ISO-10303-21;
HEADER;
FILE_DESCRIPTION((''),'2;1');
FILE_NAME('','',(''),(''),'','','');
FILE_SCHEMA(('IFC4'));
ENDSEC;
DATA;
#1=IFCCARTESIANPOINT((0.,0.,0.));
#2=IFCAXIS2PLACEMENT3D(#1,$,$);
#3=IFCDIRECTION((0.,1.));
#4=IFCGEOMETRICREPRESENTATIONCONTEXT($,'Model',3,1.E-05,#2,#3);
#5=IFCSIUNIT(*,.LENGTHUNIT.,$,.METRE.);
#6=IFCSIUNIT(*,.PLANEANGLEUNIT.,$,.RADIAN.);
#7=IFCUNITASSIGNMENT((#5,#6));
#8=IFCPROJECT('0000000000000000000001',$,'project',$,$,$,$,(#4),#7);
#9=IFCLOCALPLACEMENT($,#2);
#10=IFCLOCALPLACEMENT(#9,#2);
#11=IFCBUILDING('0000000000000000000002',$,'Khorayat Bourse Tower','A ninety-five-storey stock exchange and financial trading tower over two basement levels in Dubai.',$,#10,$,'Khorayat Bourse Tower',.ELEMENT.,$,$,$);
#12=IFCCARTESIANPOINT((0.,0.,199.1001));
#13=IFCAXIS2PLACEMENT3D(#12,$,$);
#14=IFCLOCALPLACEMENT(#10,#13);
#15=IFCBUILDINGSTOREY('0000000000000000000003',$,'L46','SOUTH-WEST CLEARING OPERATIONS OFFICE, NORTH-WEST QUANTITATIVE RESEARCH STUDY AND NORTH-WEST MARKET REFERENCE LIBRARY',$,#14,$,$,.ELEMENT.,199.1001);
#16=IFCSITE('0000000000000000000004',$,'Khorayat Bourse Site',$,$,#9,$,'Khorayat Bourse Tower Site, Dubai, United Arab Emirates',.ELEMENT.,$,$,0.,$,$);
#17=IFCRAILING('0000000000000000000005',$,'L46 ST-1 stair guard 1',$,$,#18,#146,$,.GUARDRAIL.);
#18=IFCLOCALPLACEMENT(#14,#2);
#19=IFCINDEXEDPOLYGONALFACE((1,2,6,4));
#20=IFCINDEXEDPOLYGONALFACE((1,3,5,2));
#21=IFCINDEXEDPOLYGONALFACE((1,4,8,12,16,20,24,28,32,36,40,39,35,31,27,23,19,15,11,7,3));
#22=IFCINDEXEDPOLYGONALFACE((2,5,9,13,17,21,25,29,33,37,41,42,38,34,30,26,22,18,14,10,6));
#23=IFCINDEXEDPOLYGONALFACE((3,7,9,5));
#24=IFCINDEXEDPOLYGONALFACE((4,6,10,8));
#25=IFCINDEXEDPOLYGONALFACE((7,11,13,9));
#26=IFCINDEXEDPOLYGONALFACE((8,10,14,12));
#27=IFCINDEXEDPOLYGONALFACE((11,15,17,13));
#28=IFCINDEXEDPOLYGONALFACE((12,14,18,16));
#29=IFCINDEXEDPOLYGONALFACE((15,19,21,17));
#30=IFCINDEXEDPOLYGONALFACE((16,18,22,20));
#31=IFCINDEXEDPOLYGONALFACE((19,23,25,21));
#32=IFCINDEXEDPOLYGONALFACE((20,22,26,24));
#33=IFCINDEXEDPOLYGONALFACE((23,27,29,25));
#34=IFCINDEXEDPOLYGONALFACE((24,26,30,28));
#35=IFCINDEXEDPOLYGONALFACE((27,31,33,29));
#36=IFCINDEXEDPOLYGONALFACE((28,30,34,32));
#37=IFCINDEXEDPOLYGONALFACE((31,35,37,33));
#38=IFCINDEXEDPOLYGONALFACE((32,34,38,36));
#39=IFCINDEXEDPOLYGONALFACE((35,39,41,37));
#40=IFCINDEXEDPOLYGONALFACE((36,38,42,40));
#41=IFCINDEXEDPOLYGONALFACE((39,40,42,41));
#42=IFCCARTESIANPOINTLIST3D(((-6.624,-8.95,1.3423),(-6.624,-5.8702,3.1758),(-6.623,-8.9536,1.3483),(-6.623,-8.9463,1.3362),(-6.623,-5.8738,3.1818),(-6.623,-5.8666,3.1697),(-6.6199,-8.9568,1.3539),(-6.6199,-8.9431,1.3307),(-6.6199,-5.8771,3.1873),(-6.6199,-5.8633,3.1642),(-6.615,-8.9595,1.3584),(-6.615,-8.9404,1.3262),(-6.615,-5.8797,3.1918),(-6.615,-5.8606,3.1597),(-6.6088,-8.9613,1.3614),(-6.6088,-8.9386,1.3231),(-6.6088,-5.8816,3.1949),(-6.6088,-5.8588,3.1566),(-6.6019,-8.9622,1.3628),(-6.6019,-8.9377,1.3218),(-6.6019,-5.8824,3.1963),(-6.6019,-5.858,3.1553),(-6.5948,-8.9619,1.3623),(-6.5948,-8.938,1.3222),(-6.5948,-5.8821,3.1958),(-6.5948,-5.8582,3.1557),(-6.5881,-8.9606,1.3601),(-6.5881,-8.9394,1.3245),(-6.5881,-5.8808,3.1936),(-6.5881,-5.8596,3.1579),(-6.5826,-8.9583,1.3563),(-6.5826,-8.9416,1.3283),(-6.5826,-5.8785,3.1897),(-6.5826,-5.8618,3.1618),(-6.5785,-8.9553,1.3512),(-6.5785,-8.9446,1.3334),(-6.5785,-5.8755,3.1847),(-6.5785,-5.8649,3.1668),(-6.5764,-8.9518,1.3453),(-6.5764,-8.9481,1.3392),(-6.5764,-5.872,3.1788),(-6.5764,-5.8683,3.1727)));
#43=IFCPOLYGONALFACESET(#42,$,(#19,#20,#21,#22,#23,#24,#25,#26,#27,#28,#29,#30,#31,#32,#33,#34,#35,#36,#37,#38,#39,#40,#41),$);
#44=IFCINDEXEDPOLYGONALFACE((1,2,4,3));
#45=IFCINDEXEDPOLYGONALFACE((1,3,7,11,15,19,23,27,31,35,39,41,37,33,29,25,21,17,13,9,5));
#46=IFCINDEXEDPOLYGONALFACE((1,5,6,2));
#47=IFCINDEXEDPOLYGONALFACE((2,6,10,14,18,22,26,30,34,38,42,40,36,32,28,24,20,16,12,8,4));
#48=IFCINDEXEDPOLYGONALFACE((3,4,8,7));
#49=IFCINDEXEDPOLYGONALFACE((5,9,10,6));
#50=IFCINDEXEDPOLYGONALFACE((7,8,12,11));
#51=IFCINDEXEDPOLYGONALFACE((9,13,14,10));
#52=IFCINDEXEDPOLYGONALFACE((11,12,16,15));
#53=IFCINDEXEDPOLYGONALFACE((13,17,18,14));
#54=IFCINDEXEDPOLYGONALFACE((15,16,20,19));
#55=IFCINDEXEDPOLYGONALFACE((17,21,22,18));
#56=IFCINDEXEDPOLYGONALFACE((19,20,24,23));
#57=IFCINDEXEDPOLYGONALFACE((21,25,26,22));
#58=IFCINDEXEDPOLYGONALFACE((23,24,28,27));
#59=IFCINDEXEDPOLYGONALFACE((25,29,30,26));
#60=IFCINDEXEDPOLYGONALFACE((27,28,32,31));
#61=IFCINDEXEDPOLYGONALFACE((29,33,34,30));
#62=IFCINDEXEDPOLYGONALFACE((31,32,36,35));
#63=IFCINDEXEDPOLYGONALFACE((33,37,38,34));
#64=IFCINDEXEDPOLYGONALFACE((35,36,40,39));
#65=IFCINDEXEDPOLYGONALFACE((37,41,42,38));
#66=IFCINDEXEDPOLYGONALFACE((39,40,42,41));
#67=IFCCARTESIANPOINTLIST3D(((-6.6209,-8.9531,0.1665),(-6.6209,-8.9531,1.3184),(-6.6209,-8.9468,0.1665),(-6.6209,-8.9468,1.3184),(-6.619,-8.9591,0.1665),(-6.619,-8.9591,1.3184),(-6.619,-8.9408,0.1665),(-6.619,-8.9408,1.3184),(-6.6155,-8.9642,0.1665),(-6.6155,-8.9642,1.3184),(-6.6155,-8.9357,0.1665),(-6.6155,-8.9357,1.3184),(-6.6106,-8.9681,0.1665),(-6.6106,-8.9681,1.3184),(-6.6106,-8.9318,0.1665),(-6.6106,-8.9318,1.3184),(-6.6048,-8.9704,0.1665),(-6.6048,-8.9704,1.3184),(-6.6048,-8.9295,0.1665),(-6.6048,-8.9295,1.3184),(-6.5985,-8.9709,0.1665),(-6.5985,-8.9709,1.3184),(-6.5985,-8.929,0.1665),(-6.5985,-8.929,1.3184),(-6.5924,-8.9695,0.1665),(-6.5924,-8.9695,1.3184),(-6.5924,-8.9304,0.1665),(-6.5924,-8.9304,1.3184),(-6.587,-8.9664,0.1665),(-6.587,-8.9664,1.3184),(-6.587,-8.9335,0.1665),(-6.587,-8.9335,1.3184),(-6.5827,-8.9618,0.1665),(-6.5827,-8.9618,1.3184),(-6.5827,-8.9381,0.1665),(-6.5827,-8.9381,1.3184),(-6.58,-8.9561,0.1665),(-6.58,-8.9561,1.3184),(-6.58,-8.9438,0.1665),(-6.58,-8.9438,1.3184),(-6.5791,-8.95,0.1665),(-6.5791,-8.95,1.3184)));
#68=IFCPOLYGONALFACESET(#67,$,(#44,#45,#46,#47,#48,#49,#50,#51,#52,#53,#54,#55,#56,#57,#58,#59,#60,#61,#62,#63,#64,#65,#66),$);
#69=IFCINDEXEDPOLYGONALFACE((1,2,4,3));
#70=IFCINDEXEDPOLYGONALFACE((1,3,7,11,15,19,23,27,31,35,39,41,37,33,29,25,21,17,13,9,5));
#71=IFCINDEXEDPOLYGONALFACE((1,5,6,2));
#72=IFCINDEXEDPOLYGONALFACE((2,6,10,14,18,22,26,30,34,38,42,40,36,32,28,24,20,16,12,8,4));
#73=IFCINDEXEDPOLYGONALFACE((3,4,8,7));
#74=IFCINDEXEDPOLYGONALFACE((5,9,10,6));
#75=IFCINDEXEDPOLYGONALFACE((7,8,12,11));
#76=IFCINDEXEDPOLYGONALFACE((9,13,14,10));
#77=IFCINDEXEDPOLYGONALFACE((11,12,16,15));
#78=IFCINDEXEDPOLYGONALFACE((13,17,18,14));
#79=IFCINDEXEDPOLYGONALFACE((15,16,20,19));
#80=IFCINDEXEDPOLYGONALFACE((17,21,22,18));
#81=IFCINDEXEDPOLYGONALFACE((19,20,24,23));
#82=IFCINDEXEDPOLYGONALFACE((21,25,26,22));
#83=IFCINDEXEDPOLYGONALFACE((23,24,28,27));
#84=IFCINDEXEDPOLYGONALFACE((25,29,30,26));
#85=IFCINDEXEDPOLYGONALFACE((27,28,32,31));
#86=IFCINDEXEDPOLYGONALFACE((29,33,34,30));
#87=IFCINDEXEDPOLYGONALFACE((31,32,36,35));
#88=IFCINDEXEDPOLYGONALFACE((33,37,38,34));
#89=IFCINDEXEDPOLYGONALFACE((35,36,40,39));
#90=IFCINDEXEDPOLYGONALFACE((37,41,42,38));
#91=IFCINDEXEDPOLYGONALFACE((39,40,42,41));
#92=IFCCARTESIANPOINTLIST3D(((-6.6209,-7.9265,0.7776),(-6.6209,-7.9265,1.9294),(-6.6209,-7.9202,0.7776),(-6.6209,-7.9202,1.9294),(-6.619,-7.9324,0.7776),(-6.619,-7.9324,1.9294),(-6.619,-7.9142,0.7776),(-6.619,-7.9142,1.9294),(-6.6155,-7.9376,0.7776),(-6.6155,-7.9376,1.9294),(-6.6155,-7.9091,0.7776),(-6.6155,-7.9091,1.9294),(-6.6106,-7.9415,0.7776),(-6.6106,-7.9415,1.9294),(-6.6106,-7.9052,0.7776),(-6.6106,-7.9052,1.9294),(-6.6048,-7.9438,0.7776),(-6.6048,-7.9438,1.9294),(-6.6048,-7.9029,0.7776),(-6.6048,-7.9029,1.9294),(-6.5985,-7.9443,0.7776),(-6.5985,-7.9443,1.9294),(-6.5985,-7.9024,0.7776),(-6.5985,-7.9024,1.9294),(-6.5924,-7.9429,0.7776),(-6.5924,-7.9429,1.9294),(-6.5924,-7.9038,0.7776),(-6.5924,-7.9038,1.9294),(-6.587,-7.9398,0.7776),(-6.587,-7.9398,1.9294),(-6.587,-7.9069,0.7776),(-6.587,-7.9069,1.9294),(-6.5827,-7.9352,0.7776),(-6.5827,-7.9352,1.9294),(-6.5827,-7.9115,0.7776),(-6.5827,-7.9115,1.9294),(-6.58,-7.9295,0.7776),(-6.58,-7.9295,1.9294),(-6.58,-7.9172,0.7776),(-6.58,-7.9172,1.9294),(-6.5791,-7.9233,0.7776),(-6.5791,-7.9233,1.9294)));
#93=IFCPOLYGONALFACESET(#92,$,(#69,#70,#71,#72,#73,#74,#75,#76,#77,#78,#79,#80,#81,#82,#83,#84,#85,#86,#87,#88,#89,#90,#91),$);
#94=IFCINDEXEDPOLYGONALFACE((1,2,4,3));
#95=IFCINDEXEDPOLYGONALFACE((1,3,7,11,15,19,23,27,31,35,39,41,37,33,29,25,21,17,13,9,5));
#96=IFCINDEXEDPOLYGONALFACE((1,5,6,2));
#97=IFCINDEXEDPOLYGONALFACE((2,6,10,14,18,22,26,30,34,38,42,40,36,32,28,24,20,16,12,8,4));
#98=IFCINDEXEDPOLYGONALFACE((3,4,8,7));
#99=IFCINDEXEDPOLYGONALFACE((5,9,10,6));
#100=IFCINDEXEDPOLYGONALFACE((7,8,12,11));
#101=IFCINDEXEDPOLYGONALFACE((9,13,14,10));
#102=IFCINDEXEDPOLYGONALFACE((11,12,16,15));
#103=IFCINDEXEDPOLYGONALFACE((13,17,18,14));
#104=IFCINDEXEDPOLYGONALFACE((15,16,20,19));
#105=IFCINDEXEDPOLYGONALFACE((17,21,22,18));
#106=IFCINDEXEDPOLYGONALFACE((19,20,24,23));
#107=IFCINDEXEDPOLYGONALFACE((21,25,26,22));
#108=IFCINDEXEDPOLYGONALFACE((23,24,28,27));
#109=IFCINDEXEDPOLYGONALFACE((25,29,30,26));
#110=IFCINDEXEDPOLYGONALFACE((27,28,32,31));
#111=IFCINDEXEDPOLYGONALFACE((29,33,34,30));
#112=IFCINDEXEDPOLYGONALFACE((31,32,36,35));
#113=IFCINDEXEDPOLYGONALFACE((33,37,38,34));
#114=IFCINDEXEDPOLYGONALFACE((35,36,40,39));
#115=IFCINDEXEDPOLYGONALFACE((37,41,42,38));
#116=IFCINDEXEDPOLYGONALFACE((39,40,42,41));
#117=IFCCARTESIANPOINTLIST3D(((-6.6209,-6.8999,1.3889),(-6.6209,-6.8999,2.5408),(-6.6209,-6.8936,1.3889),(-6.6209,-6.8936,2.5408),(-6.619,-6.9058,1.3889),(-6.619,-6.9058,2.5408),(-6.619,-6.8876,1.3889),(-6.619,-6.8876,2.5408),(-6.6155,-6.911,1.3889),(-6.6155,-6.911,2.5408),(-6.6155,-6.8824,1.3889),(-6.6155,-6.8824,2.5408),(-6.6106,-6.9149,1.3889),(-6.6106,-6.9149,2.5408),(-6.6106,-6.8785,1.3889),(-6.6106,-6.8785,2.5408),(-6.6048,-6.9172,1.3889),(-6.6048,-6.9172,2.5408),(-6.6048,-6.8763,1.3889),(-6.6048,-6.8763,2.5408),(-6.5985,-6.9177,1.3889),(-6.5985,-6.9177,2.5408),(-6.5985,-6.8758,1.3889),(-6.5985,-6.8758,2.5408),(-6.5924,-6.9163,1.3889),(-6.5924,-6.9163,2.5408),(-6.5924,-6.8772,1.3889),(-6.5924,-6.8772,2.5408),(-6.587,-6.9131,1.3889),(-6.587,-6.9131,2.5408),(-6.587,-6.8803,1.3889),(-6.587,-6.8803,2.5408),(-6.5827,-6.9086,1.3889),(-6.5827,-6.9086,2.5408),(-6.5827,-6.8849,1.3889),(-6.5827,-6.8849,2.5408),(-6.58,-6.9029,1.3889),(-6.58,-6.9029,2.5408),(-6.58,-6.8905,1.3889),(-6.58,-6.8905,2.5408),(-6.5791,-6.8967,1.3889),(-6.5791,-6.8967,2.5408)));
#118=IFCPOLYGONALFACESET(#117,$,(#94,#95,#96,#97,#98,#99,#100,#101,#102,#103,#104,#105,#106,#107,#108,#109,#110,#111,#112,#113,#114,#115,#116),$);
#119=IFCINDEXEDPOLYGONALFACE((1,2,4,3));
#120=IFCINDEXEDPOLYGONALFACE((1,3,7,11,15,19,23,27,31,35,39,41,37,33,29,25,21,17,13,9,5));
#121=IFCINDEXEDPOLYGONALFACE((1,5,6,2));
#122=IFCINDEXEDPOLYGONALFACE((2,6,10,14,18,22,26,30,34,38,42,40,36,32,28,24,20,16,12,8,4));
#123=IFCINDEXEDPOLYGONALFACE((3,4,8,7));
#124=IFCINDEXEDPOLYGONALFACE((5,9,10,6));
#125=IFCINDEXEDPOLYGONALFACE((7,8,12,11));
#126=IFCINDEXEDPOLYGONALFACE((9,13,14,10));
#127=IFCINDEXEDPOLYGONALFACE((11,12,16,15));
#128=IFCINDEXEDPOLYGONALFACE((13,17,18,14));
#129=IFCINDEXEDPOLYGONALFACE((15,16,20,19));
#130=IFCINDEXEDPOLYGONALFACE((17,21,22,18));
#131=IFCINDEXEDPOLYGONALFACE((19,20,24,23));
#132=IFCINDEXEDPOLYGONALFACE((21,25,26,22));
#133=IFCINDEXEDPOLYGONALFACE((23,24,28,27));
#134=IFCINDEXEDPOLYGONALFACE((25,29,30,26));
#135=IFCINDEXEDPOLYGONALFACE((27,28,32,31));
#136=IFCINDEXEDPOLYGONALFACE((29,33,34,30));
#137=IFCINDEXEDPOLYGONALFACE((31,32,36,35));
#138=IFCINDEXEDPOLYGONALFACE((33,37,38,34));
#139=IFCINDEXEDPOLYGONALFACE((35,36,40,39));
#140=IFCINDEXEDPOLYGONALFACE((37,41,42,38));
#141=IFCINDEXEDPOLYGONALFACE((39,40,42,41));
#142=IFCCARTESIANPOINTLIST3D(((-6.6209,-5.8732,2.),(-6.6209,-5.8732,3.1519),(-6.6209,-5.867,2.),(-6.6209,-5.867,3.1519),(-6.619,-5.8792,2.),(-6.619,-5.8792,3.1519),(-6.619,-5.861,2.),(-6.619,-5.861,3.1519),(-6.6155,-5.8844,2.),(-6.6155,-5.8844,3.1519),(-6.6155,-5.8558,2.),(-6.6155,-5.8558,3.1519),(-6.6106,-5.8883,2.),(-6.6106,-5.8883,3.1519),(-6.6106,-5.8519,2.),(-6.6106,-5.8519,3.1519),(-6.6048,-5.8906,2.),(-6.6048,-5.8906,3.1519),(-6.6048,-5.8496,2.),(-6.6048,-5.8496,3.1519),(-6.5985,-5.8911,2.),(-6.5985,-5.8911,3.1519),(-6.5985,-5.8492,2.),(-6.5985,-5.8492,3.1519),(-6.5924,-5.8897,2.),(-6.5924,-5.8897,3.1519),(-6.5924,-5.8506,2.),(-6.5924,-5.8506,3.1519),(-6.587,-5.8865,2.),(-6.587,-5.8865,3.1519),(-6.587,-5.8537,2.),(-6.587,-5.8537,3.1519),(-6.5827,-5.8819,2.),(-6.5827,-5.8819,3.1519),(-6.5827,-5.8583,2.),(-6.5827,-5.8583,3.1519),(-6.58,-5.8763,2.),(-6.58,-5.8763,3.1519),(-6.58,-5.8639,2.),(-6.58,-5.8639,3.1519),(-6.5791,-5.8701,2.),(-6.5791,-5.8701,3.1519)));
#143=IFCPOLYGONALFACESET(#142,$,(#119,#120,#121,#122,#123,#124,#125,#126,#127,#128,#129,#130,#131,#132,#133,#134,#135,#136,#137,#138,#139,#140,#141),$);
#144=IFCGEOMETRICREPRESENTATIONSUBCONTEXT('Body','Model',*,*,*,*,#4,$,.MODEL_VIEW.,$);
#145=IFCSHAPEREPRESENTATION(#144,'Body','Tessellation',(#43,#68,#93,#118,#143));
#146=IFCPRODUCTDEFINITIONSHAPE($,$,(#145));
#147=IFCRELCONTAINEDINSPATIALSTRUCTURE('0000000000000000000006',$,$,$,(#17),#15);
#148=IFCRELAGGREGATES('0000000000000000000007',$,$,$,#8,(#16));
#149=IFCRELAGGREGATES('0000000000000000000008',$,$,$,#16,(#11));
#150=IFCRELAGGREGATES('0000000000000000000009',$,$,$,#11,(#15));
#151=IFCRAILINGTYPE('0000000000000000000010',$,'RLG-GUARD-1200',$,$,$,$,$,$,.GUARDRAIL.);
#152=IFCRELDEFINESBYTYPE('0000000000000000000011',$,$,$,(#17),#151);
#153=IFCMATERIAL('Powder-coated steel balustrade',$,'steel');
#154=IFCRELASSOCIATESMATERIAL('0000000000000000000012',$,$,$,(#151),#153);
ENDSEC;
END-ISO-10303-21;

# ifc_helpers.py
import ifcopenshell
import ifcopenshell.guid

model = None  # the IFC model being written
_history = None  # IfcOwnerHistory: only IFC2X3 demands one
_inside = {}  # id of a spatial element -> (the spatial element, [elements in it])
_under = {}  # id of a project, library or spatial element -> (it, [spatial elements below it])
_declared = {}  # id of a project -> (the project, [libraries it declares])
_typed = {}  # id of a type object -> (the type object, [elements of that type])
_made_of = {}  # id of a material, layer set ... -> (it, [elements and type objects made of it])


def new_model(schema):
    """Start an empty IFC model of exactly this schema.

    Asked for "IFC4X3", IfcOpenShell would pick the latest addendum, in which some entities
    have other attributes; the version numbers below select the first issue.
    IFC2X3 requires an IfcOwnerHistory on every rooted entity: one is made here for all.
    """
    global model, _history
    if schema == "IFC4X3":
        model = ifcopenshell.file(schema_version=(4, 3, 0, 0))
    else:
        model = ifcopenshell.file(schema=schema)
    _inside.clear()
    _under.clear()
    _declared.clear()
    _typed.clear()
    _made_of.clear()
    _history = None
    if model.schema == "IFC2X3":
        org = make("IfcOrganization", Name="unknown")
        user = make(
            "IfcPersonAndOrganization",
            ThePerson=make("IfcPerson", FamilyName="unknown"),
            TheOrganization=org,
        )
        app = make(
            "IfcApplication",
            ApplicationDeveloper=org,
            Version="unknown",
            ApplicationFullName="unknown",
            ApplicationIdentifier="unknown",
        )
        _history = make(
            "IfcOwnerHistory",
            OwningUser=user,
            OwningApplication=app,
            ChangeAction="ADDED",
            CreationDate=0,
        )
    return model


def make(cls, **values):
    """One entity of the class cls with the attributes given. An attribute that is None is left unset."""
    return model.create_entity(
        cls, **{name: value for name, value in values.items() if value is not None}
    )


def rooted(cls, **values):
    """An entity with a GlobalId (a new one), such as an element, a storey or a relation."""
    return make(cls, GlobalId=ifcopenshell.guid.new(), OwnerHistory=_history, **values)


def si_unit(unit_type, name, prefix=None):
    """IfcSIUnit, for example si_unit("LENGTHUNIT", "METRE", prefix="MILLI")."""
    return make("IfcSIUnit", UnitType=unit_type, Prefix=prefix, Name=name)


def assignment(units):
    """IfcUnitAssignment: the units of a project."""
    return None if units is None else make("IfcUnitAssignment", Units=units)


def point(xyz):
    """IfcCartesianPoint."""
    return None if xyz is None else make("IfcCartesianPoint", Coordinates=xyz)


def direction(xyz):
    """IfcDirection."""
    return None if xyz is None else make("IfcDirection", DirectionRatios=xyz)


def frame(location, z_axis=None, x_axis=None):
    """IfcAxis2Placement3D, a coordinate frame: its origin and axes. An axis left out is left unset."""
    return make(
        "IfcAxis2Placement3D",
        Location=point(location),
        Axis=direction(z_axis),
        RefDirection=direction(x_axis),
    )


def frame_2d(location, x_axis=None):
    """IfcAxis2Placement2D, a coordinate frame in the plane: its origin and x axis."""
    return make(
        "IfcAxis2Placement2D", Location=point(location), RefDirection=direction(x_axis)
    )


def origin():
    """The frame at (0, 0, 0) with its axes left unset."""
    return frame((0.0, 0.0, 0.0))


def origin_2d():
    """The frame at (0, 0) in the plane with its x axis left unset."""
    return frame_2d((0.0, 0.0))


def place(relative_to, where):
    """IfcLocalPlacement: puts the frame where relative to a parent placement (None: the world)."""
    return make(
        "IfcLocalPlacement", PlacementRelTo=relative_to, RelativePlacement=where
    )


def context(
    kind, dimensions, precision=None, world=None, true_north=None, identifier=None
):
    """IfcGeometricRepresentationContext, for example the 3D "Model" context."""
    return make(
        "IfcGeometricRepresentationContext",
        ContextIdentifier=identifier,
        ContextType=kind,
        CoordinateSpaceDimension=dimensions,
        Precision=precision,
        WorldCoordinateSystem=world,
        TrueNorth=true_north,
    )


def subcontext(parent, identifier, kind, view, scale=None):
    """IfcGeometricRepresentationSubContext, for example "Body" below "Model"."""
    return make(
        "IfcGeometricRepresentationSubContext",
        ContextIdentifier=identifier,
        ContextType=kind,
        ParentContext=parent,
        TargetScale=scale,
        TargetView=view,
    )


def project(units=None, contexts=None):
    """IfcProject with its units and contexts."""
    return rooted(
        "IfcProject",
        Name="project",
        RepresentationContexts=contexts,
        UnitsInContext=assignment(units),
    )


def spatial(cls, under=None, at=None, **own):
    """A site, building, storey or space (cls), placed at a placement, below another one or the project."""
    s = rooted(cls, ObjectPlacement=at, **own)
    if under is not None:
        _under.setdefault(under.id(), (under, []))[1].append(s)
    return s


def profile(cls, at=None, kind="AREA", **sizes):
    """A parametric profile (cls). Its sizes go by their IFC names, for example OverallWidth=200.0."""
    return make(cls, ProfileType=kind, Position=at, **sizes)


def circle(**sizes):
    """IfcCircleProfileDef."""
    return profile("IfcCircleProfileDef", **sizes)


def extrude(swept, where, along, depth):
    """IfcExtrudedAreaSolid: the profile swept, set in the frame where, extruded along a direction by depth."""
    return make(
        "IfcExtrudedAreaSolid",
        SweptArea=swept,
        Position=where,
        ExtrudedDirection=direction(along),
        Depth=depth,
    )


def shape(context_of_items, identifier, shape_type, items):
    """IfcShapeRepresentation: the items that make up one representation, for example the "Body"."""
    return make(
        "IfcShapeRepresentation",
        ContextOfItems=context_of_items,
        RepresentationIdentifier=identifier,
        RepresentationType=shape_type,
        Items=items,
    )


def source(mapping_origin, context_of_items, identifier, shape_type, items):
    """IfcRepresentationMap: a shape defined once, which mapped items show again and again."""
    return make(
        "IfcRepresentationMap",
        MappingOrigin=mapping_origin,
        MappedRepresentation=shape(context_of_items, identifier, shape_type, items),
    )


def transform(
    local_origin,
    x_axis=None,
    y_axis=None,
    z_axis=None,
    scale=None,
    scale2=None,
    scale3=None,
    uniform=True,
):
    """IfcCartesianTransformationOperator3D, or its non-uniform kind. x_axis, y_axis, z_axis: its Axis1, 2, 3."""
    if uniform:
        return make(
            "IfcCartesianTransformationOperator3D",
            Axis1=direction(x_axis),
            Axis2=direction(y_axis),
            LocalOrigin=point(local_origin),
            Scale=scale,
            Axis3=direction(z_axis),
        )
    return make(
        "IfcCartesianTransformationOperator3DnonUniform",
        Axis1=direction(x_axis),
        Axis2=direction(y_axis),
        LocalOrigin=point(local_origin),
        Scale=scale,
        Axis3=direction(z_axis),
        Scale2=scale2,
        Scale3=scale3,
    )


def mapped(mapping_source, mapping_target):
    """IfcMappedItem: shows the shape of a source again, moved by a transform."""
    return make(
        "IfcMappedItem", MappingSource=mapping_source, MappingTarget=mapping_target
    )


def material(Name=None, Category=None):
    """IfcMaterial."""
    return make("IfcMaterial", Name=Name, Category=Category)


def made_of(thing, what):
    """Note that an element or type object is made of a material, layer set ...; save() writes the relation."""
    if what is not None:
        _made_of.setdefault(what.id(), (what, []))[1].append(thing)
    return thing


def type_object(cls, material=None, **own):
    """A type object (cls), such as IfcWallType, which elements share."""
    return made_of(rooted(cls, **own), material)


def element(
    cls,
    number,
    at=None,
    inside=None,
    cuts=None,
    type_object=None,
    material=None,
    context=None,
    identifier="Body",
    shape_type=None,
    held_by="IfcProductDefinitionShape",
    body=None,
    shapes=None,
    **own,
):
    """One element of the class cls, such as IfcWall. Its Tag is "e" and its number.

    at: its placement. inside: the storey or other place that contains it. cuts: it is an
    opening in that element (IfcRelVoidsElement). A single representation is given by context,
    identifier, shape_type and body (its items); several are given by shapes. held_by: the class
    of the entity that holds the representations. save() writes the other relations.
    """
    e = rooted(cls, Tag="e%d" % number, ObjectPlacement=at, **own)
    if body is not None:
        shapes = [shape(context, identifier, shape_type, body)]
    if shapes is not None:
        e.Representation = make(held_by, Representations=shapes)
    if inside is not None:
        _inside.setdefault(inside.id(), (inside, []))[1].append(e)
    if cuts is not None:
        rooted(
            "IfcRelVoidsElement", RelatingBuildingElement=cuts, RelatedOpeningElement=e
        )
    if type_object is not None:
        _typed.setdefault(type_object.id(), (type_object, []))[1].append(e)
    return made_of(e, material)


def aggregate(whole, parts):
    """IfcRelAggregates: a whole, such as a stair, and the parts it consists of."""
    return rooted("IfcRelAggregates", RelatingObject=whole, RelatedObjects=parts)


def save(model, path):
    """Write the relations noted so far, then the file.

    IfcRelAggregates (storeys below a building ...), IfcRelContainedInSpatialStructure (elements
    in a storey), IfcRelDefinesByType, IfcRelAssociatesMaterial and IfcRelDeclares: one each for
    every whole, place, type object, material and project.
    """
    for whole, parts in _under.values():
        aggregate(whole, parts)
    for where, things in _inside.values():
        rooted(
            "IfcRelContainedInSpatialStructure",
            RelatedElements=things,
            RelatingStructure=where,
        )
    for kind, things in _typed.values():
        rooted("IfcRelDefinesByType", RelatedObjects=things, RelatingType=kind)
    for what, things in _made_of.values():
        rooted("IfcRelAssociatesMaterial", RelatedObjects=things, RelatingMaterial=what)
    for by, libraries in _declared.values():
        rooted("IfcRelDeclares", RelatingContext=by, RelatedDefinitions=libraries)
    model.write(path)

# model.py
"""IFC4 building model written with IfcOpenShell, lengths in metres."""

from ifc_helpers import new_model, si_unit, direction, frame, origin, origin_2d, place, context, subcontext, project, spatial, circle, extrude, source, transform, mapped, material, type_object, element, save


model = new_model("IFC4")

# Units and contexts
model_context = context("Model", 3, precision=1e-05, world=origin(), true_north=direction((0.0, 1.0)))
body_context = subcontext(model_context, "Body", "Model", "MODEL_VIEW")
ifc_project = project(units=[si_unit("LENGTHUNIT", "METRE"), si_unit("PLANEANGLEUNIT", "RADIAN")], contexts=[model_context])

# Site, building, storey
site_placement = place(None, origin())
site = spatial("IfcSite", under=ifc_project, at=site_placement, Name="Khorayat Bourse Site", LongName="Khorayat Bourse Tower Site, Dubai, United Arab Emirates", CompositionType="ELEMENT", RefElevation=0.0)
building_placement = place(site_placement, origin())
building = spatial("IfcBuilding", under=site, at=building_placement, Name="Khorayat Bourse Tower", Description="A ninety-five-storey stock exchange and financial trading tower over two basement levels in Dubai.", LongName="Khorayat Bourse Tower", CompositionType="ELEMENT")
storey_placement = place(building_placement, frame((0.0, 0.0, 199.1001)))
storey = spatial("IfcBuildingStorey", under=building, at=storey_placement, Name="L46", Description="SOUTH-WEST CLEARING OPERATIONS OFFICE, NORTH-WEST QUANTITATIVE RESEARCH STUDY AND NORTH-WEST MARKET REFERENCE LIBRARY", CompositionType="ELEMENT", Elevation=199.1001)

# Railing
ifc_material_1 = material(Name="Powder-coated steel balustrade", Category="steel")
railing_type_1 = type_object("IfcRailingType", Name="RLG-GUARD-1200", PredefinedType="GUARDRAIL", material=ifc_material_1)
shared_shape_1 = source(origin(), body_context, "Body", "SweptSolid", [
    extrude(circle(Radius=0.0239, at=origin_2d()), frame((0.0, 0.0, 1.1758), z_axis=(0.0, 0.859261, 0.511538), x_axis=(-1.0, 0.0, 0.0)), (0.0, 0.0, 1.0), 3.5842),
    extrude(circle(Radius=0.021, at=origin_2d()), origin(), (0.0, 0.0, 1.0), 1.1519),
    extrude(circle(Radius=0.021, at=origin_2d()), frame((0.0, 1.0266, 0.6111)), (0.0, 0.0, 1.0), 1.1519),
    extrude(circle(Radius=0.021, at=origin_2d()), frame((0.0, 2.0532, 1.2224)), (0.0, 0.0, 1.0), 1.1519),
    extrude(circle(Radius=0.021, at=origin_2d()), frame((0.0, 3.0798, 1.8335)), (0.0, 0.0, 1.0), 1.1519),
])
railing_1_placement = place(storey_placement, frame((-6.6001, -8.95, 0.1665)))
element("IfcRailing", 1, at=railing_1_placement, inside=storey, type_object=railing_type_1, Name="L46 ST-1 stair guard 1", PredefinedType="GUARDRAIL", context=body_context, shape_type="MappedRepresentation", body=[
    mapped(shared_shape_1, transform((0.0, 0.0, 0.0), scale=1.0)),
])

save(model, "model.ifc")
